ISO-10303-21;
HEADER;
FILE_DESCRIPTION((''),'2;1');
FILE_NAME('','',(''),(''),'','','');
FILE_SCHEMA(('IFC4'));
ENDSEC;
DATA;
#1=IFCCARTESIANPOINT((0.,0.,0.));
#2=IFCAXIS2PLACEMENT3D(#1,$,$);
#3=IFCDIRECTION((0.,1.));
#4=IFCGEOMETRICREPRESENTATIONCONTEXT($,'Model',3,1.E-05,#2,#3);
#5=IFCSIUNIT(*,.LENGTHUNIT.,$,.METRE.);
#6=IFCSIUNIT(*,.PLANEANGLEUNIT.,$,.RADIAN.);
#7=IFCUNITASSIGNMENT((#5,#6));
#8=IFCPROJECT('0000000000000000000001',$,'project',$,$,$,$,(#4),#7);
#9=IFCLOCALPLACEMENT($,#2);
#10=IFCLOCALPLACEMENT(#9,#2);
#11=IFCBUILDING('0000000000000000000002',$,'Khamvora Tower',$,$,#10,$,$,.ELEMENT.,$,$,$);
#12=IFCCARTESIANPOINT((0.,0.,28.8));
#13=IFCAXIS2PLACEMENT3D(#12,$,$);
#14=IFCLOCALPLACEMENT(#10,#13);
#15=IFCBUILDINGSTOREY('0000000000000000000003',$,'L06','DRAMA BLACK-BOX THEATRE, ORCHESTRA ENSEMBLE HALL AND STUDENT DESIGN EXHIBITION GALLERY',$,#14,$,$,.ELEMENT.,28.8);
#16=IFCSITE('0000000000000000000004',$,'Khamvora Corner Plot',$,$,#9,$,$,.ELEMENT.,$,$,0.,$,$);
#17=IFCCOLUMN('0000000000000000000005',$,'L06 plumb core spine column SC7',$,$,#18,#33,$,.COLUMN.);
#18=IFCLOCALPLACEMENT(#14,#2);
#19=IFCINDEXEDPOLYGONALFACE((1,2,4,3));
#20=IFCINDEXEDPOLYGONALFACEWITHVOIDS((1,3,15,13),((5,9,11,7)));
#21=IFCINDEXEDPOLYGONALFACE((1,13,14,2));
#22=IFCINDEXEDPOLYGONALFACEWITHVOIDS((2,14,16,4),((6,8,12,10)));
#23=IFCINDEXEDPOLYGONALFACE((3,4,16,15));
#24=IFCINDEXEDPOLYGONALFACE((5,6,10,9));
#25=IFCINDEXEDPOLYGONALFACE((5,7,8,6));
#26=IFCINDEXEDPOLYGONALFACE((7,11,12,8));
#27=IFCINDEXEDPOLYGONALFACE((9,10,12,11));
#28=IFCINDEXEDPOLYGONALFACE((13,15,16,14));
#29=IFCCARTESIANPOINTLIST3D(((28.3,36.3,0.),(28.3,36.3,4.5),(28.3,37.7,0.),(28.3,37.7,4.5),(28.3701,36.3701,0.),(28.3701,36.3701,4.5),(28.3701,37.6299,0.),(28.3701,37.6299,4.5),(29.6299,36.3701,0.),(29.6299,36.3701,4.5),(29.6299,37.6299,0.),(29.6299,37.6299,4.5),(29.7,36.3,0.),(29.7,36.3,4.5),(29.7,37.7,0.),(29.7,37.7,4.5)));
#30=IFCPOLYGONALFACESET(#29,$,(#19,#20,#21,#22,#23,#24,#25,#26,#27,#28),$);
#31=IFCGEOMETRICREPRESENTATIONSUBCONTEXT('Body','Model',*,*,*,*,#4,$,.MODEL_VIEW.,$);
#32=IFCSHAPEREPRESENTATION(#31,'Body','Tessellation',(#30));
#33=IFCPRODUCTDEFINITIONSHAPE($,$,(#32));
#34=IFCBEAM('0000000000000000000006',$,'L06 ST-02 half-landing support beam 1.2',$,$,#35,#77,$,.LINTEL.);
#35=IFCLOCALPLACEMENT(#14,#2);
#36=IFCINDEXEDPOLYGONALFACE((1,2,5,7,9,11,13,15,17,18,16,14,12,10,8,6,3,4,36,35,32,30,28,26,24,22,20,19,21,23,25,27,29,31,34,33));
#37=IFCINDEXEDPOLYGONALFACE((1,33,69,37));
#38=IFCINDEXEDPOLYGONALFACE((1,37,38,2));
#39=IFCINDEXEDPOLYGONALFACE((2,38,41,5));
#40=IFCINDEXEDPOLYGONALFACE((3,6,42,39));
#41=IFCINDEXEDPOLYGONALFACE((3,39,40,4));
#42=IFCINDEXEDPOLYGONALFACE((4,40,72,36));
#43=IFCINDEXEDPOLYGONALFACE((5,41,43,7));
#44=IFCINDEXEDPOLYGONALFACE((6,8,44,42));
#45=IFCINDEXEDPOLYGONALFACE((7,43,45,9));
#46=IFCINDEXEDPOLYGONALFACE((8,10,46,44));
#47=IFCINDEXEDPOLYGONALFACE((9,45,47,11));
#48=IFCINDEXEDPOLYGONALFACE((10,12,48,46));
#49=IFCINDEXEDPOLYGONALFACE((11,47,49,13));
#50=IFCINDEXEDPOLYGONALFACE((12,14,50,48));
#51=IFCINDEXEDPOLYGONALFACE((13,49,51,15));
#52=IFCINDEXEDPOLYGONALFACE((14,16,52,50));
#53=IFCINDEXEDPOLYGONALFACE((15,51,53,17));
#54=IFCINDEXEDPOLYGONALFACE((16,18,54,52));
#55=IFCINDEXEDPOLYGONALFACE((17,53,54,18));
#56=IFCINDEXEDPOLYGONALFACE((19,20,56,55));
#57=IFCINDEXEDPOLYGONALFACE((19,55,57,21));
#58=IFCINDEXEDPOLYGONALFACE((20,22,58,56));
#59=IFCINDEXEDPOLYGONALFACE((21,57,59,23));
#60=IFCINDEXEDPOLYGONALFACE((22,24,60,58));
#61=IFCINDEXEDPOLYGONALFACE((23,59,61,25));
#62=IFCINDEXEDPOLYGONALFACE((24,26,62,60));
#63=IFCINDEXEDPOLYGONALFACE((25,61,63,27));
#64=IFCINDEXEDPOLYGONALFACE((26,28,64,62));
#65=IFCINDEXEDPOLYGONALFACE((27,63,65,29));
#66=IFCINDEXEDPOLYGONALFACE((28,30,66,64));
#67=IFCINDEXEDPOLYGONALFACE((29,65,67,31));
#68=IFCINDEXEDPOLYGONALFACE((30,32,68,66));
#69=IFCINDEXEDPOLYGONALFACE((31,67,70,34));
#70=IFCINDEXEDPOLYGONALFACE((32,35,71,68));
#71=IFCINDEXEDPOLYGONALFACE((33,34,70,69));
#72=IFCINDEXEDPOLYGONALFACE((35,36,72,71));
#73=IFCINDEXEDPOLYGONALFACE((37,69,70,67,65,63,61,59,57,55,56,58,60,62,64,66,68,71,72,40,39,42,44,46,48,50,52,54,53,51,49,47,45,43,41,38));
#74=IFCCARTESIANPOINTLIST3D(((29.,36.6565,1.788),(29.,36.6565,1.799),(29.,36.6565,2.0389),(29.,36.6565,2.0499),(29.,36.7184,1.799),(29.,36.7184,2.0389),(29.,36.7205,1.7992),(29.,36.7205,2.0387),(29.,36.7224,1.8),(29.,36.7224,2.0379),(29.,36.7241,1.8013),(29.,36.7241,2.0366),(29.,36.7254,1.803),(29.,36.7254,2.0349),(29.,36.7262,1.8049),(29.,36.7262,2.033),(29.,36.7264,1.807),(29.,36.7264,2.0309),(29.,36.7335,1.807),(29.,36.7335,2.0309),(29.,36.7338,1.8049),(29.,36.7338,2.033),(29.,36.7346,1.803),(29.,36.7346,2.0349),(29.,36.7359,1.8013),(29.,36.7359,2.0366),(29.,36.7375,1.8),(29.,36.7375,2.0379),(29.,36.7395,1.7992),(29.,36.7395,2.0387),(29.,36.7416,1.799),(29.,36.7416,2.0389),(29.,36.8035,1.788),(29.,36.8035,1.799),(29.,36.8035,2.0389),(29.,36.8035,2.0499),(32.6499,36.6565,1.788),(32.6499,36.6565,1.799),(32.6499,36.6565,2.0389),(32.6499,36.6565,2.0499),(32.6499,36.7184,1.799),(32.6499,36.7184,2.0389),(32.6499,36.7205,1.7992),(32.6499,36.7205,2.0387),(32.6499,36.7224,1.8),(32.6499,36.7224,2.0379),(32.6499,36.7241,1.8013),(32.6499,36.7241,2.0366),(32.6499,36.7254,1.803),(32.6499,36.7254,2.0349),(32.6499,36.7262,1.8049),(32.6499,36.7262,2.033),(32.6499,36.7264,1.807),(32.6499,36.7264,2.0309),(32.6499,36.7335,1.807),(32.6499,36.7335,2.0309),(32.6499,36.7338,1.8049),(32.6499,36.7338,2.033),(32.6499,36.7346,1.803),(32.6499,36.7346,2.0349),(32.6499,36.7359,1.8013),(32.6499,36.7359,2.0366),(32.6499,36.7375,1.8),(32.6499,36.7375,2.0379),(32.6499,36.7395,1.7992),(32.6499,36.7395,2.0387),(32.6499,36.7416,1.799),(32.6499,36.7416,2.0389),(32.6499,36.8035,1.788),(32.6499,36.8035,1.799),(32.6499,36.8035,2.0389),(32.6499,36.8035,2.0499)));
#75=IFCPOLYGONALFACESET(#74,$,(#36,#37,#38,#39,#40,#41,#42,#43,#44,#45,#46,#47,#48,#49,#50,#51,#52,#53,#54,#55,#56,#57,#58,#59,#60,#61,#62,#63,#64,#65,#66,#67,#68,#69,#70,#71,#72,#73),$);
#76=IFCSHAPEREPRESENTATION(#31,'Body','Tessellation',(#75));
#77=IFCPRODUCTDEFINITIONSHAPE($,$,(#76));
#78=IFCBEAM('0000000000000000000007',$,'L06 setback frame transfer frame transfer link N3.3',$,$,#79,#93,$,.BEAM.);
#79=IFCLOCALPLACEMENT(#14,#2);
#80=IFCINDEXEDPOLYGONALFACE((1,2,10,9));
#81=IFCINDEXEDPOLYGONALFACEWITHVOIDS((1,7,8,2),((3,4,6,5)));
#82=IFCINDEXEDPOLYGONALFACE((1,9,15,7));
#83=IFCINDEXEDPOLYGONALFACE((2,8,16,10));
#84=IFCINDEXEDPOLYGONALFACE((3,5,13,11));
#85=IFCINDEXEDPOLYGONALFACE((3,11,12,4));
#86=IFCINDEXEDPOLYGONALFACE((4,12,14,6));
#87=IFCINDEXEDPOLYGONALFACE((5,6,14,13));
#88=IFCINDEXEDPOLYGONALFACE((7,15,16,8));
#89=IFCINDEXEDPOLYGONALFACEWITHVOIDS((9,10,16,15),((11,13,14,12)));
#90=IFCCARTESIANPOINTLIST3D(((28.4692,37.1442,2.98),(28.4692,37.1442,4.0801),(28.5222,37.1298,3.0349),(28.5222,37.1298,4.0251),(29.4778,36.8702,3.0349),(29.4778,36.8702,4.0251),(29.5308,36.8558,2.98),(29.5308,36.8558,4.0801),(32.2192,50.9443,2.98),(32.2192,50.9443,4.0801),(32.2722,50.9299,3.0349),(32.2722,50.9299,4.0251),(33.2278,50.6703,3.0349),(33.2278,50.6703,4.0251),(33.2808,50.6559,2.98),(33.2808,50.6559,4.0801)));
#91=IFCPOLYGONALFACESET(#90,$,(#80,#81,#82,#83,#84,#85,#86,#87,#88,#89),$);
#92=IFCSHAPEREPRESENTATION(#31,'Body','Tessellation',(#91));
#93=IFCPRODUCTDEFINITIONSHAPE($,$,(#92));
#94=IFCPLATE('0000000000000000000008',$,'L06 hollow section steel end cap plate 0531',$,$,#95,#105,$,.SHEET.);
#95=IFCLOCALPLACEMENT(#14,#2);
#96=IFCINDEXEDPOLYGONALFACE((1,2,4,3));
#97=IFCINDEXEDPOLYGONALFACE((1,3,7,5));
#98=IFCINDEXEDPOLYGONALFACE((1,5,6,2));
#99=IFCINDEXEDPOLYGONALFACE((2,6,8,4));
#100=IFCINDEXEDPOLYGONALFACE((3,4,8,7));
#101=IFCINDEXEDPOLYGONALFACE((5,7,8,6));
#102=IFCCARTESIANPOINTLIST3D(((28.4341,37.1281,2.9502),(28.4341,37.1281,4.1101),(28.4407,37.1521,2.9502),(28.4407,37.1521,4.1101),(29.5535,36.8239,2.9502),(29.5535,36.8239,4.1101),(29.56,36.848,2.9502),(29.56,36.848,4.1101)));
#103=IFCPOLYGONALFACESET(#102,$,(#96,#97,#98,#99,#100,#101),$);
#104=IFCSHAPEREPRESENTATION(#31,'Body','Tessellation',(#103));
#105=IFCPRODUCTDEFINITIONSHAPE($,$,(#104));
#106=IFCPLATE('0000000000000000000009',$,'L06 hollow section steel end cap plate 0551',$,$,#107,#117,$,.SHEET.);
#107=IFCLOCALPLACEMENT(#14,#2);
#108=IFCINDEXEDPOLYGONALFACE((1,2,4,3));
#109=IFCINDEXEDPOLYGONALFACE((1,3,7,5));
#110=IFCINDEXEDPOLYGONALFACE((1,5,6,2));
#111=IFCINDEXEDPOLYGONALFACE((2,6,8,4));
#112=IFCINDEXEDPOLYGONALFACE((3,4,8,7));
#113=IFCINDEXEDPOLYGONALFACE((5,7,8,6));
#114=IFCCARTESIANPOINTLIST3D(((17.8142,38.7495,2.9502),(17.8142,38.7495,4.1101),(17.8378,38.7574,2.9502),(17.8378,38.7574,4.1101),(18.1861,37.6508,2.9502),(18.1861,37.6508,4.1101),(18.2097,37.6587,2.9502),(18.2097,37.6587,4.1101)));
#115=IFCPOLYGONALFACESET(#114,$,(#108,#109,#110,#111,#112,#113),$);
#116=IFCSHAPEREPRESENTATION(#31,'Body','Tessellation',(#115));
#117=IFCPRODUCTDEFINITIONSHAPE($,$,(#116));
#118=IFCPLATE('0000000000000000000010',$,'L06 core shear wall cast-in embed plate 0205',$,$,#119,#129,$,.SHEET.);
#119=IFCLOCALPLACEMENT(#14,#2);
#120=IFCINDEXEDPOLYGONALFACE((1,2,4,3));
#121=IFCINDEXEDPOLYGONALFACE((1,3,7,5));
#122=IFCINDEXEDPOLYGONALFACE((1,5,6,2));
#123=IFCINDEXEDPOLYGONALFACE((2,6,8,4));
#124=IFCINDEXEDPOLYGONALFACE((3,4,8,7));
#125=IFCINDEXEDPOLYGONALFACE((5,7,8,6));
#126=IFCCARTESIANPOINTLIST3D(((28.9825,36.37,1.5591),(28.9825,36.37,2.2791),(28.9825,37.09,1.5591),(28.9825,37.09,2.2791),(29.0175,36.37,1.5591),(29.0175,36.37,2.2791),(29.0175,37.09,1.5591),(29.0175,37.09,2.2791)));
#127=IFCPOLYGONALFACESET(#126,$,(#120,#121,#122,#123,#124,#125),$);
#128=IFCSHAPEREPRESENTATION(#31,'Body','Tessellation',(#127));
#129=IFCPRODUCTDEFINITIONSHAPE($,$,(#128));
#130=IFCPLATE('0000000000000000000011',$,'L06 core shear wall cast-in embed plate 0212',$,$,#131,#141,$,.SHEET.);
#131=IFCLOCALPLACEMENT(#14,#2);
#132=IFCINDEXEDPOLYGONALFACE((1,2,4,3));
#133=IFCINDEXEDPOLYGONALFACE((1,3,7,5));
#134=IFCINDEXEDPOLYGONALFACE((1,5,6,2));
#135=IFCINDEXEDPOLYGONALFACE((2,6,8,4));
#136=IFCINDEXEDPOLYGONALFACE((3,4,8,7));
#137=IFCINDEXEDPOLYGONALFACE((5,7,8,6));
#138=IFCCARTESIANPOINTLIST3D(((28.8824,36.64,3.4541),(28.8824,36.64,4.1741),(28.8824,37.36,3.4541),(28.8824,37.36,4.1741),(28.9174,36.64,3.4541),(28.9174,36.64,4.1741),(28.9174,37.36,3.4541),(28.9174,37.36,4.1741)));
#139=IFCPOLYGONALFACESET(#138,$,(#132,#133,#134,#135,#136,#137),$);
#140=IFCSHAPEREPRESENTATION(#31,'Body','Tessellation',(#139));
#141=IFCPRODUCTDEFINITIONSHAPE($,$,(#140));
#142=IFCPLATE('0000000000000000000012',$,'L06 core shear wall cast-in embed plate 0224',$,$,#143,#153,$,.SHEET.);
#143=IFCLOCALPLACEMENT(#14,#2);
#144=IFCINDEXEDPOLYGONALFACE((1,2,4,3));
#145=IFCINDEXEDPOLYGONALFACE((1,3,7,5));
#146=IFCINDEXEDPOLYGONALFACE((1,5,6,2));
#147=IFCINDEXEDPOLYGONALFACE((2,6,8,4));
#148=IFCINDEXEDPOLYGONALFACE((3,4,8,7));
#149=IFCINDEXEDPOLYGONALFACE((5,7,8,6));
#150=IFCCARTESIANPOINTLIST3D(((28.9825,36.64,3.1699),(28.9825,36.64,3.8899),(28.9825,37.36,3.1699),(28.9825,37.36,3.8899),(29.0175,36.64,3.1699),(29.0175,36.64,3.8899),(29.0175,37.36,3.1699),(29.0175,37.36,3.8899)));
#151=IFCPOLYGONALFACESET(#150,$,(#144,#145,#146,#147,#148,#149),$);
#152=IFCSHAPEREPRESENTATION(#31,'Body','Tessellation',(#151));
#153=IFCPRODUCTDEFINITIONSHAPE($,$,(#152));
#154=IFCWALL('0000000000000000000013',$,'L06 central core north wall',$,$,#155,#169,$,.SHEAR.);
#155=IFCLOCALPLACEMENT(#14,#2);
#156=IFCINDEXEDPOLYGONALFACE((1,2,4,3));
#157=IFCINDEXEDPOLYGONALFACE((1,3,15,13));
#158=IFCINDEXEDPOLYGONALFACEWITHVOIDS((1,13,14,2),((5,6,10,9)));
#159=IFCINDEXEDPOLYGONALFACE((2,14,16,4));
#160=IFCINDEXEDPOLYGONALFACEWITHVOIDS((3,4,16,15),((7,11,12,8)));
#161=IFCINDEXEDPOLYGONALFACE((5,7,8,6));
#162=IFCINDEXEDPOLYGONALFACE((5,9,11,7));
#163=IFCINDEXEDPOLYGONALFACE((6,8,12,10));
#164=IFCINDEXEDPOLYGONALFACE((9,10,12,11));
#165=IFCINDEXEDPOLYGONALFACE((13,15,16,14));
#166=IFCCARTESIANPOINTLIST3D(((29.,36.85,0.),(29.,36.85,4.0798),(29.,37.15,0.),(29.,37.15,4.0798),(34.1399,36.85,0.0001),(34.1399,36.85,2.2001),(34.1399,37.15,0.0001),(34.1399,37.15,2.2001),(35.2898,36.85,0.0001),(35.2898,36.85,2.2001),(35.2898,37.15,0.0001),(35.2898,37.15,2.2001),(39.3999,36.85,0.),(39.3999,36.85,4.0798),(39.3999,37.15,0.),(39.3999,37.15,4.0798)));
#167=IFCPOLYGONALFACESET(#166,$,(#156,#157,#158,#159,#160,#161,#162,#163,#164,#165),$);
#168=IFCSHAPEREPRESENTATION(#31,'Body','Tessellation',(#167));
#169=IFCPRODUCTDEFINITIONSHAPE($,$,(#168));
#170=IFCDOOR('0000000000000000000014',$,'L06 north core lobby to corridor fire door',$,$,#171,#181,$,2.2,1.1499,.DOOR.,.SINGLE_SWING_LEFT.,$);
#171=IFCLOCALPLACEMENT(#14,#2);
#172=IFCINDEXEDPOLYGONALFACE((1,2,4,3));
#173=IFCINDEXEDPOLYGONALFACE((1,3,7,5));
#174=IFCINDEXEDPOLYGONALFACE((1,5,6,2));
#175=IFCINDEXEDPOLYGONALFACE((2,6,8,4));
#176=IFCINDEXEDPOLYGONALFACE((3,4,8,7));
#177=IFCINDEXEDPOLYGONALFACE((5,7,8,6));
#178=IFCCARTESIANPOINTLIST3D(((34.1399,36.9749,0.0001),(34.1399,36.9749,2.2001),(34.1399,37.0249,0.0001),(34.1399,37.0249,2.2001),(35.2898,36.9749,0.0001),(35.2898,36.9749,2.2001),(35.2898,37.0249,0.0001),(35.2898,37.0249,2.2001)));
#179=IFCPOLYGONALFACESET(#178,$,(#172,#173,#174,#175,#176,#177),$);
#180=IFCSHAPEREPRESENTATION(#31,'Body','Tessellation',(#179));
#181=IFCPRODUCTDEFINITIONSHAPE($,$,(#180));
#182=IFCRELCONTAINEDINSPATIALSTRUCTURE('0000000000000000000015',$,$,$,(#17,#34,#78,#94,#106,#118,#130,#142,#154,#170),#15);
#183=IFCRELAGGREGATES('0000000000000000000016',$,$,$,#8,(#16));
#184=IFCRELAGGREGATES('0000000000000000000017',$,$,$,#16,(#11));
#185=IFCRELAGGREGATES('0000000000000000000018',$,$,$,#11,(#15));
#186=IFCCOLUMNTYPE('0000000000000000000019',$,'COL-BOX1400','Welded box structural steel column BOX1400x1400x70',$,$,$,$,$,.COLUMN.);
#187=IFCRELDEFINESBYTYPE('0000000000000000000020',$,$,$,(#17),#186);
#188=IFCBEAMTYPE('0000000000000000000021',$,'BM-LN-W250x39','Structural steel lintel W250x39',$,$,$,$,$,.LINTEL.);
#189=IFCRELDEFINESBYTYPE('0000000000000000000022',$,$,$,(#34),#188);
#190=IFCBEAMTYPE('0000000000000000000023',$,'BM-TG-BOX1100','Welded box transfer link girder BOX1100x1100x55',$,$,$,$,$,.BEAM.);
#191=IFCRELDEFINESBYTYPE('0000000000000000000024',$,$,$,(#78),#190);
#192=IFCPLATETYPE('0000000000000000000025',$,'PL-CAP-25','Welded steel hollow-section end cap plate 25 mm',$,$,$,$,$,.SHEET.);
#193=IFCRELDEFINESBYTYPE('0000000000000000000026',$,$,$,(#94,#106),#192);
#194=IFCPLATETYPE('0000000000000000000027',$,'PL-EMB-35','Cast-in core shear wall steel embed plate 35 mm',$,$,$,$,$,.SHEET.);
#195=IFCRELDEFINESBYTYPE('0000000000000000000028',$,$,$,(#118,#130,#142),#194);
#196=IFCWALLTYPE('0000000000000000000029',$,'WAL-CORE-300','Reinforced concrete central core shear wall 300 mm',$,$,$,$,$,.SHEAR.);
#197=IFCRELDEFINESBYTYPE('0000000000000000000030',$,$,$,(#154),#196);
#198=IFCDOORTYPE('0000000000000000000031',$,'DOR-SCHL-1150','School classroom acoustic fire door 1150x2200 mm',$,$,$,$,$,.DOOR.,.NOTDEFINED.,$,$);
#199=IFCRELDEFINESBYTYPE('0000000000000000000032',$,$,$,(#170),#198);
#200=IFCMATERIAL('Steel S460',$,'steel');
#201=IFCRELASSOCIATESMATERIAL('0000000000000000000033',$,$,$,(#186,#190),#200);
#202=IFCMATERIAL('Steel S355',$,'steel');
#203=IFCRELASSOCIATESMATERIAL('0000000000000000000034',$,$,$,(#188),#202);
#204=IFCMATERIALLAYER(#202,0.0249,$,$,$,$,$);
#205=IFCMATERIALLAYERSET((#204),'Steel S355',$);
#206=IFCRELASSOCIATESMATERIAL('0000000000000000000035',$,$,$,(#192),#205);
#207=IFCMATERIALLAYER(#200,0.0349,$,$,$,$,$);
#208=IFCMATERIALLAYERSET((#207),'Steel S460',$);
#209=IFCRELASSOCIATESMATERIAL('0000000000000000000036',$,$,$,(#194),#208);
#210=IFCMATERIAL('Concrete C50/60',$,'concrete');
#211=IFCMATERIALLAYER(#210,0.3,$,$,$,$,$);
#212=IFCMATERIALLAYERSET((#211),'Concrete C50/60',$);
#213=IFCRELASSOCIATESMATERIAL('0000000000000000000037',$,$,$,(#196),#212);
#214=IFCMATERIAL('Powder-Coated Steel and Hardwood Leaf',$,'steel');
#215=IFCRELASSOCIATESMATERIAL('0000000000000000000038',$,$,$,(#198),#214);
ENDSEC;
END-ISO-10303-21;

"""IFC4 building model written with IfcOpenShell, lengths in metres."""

from ifc_helpers import new_model, si_unit, direction, frame, frame_2d, origin, origin_2d, place, context, subcontext, project, spatial, rectangle, hollow_rectangle, i_section, extrude, material, layer, layer_set, material_profile, profile_set, type_object, element, fill, save


model = new_model("IFC4")

# Units and contexts
model_context = context("Model", 3, precision=1e-05, world=origin(), true_north=direction((0.0, 1.0)))
body_context = subcontext(model_context, "Body", "Model", "MODEL_VIEW")
ifc_project = project(units=[si_unit("LENGTHUNIT", "METRE"), si_unit("PLANEANGLEUNIT", "RADIAN")], contexts=[model_context])

# Site, building, storey
site_placement = place(None, origin())
site = spatial("IfcSite", under=ifc_project, at=site_placement, Name="Khamvora Corner Plot", CompositionType="ELEMENT", RefElevation=0.0)
building_placement = place(site_placement, origin())
building = spatial("IfcBuilding", under=site, at=building_placement, Name="Khamvora Tower", CompositionType="ELEMENT")
storey_placement = place(building_placement, frame((0.0, 0.0, 28.8)))
storey = spatial("IfcBuildingStorey", under=building, at=storey_placement, Name="L06", Description="DRAMA BLACK-BOX THEATRE, ORCHESTRA ENSEMBLE HALL AND STUDENT DESIGN EXHIBITION GALLERY", CompositionType="ELEMENT", Elevation=28.8)

# Column
ifc_material_1 = material(Name="Steel S460", Category="steel")
ifc_material_profile_1 = material_profile(ifc_material_1, hollow_rectangle(XDim=1.3999, YDim=1.3999, WallThickness=0.0701, at=origin_2d()), Name="BOX1400x1400x70")
ifc_profile_set_1 = profile_set([ifc_material_profile_1], Name="Steel S460")
column_type = type_object("IfcColumnType", Name="COL-BOX1400", Description="Welded box structural steel column BOX1400x1400x70", PredefinedType="COLUMN", material=ifc_profile_set_1)
column_placement = place(storey_placement, frame((29.0, 37.0, 0.0), z_axis=(0.0, 0.0, 1.0), x_axis=(1.0, 0.0, 0.0)))
element("IfcColumn", 1, at=column_placement, inside=storey, type_object=column_type, Name="L06 plumb core spine column SC7", PredefinedType="COLUMN", context=body_context, shape_type="SweptSolid", body=[
    extrude(hollow_rectangle(XDim=1.3999, YDim=1.3999, WallThickness=0.0701, at=origin_2d()), origin(), (0.0, 0.0, 1.0), 4.5),
])

# Beams
ifc_material_2 = material(Name="Steel S355", Category="steel")
ifc_material_profile_2 = material_profile(ifc_material_2, i_section(OverallWidth=0.147, OverallDepth=0.262, WebThickness=0.0071, FlangeThickness=0.011, FilletRadius=0.0081, at=origin_2d()), Name="W250x39")
ifc_profile_set_2 = profile_set([ifc_material_profile_2], Name="Steel S355")
beam_type_1 = type_object("IfcBeamType", Name="BM-LN-W250x39", Description="Structural steel lintel W250x39", PredefinedType="LINTEL", material=ifc_profile_set_2)
beam_1_placement = place(storey_placement, frame((29.0, 36.73, 1.9189), z_axis=(1.0, 0.0, 0.0), x_axis=(0.0, 1.0, 0.0)))
element("IfcBeam", 2, at=beam_1_placement, inside=storey, type_object=beam_type_1, Name="L06 ST-02 half-landing support beam 1.2", PredefinedType="LINTEL", context=body_context, shape_type="SweptSolid", body=[
    extrude(i_section(OverallWidth=0.147, OverallDepth=0.262, WebThickness=0.0071, FlangeThickness=0.011, FilletRadius=0.0081, at=origin_2d()), origin(), (0.0, 0.0, 1.0), 3.6499),
])
ifc_material_profile_3 = material_profile(ifc_material_1, hollow_rectangle(XDim=1.1001, YDim=1.1001, WallThickness=0.0549, at=origin_2d()), Name="BOX1100x1100x55")
ifc_profile_set_3 = profile_set([ifc_material_profile_3], Name="Steel S460")
beam_type_2 = type_object("IfcBeamType", Name="BM-TG-BOX1100", Description="Welded box transfer link girder BOX1100x1100x55", PredefinedType="BEAM", material=ifc_profile_set_3)
beam_2_placement = place(storey_placement, frame((29.0, 37.0, 3.53), z_axis=(0.262229, 0.965006, 0.0), x_axis=(-0.965006, 0.262229, 0.0)))
element("IfcBeam", 3, at=beam_2_placement, inside=storey, type_object=beam_type_2, Name="L06 setback frame transfer frame transfer link N3.3", PredefinedType="BEAM", context=body_context, shape_type="SweptSolid", body=[
    extrude(hollow_rectangle(XDim=1.1001, YDim=1.1001, WallThickness=0.0549, at=origin_2d()), origin(), (0.0, 0.0, 1.0), 14.3005),
])

# Plates
ifc_layer_1 = layer(ifc_material_2, 0.0249)
ifc_layer_set_1 = layer_set([ifc_layer_1], Name="Steel S355")
plate_type_1 = type_object("IfcPlateType", Name="PL-CAP-25", Description="Welded steel hollow-section end cap plate 25 mm", PredefinedType="SHEET", material=ifc_layer_set_1)
for number, where, z_axis, x_axis, name in (
    (4, (28.9971, 36.988, 2.9502), (0.0, 0.0, 1.0), (0.262223, 0.965007, 0.0), "L06 hollow section steel end cap plate 0531"),
    (5, (18.012, 38.2041, 2.9502), (0.0, 0.0, 1.0), (0.947216, 0.320596, 0.0), "L06 hollow section steel end cap plate 0551"),
):
    element("IfcPlate", number, at=place(storey_placement, frame(where, z_axis=z_axis, x_axis=x_axis)), inside=storey, type_object=plate_type_1, Name=name, PredefinedType="SHEET", context=body_context, shape_type="SweptSolid", body=[
        extrude(rectangle(XDim=0.0249, YDim=1.1599, at=origin_2d()), origin(), (0.0, 0.0, 1.0), 1.1599),
    ])
ifc_layer_2 = layer(ifc_material_1, 0.0349)
ifc_layer_set_2 = layer_set([ifc_layer_2], Name="Steel S460")
plate_type_2 = type_object("IfcPlateType", Name="PL-EMB-35", Description="Cast-in core shear wall steel embed plate 35 mm", PredefinedType="SHEET", material=ifc_layer_set_2)
for number, where, z_axis, x_axis, name in (
    (6, (29.0, 36.73, 1.5591), (0.0, 0.0, 1.0), (1.0, 0.0, 0.0), "L06 core shear wall cast-in embed plate 0205"),
    (7, (28.8999, 37.0, 3.4541), (0.0, 0.0, 1.0), (1.0, 0.0, 0.0), "L06 core shear wall cast-in embed plate 0212"),
    (8, (29.0, 37.0, 3.1699), (0.0, 0.0, 1.0), (1.0, 0.0, 0.0), "L06 core shear wall cast-in embed plate 0224"),
):
    element("IfcPlate", number, at=place(storey_placement, frame(where, z_axis=z_axis, x_axis=x_axis)), inside=storey, type_object=plate_type_2, Name=name, PredefinedType="SHEET", context=body_context, shape_type="SweptSolid", body=[
        extrude(rectangle(XDim=0.0349, YDim=0.72, at=origin_2d()), origin(), (0.0, 0.0, 1.0), 0.72),
    ])

# Wall, opening, door
ifc_material_3 = material(Name="Concrete C50/60", Category="concrete")
ifc_layer_3 = layer(ifc_material_3, 0.3)
ifc_layer_set_3 = layer_set([ifc_layer_3], Name="Concrete C50/60")
wall_type_1 = type_object("IfcWallType", Name="WAL-CORE-300", Description="Reinforced concrete central core shear wall 300 mm", PredefinedType="SHEAR", material=ifc_layer_set_3)
wall_1_placement = place(storey_placement, frame((29.0, 37.0, 0.0), z_axis=(0.0, 0.0, 1.0), x_axis=(1.0, 0.0, 0.0)))
wall_1 = element("IfcWall", 9, at=wall_1_placement, inside=storey, type_object=wall_type_1, Name="L06 central core north wall", PredefinedType="SHEAR", context=body_context, shape_type="SweptSolid", body=[
    extrude(rectangle(XDim=10.3999, YDim=0.3, at=frame_2d((5.2, 0.0))), origin(), (0.0, 0.0, 1.0), 4.0798),
])
opening_1_placement = place(wall_1_placement, frame((5.1399, 0.0, 0.0)))
opening_1 = element("IfcOpeningElement", 10, at=opening_1_placement, cuts=wall_1, PredefinedType="OPENING", context=body_context, shape_type="SweptSolid", body=[
    extrude(rectangle(XDim=1.1499, YDim=2.2, at=frame_2d((0.575, 1.1001))), frame((0.0, 0.1599, 0.0), z_axis=(0.0, -1.0, 0.0), x_axis=(1.0, 0.0, 0.0)), (0.0, 0.0, 1.0), 0.3201),
])
ifc_material_4 = material(Name="Powder-Coated Steel and Hardwood Leaf", Category="steel")
door_type_1 = type_object("IfcDoorType", Name="DOR-SCHL-1150", Description="School classroom acoustic fire door 1150x2200 mm", OperationType="NOTDEFINED", PredefinedType="DOOR", material=ifc_material_4)
door_1_placement = place(opening_1_placement, origin())
door_1 = element("IfcDoor", 11, at=door_1_placement, inside=storey, type_object=door_type_1, Name="L06 north core lobby to corridor fire door", OperationType="SINGLE_SWING_LEFT", OverallHeight=2.2, OverallWidth=1.1499, PredefinedType="DOOR", context=body_context, shape_type="SweptSolid", body=[
    extrude(rectangle(XDim=1.1499, YDim=2.2, at=frame_2d((0.575, 1.1001))), frame((0.0, 0.0249, 0.0), z_axis=(0.0, -1.0, 0.0), x_axis=(1.0, 0.0, 0.0)), (0.0, 0.0, 1.0), 0.05),
])
fill(opening_1, door_1)

save(model, "model.ifc")
